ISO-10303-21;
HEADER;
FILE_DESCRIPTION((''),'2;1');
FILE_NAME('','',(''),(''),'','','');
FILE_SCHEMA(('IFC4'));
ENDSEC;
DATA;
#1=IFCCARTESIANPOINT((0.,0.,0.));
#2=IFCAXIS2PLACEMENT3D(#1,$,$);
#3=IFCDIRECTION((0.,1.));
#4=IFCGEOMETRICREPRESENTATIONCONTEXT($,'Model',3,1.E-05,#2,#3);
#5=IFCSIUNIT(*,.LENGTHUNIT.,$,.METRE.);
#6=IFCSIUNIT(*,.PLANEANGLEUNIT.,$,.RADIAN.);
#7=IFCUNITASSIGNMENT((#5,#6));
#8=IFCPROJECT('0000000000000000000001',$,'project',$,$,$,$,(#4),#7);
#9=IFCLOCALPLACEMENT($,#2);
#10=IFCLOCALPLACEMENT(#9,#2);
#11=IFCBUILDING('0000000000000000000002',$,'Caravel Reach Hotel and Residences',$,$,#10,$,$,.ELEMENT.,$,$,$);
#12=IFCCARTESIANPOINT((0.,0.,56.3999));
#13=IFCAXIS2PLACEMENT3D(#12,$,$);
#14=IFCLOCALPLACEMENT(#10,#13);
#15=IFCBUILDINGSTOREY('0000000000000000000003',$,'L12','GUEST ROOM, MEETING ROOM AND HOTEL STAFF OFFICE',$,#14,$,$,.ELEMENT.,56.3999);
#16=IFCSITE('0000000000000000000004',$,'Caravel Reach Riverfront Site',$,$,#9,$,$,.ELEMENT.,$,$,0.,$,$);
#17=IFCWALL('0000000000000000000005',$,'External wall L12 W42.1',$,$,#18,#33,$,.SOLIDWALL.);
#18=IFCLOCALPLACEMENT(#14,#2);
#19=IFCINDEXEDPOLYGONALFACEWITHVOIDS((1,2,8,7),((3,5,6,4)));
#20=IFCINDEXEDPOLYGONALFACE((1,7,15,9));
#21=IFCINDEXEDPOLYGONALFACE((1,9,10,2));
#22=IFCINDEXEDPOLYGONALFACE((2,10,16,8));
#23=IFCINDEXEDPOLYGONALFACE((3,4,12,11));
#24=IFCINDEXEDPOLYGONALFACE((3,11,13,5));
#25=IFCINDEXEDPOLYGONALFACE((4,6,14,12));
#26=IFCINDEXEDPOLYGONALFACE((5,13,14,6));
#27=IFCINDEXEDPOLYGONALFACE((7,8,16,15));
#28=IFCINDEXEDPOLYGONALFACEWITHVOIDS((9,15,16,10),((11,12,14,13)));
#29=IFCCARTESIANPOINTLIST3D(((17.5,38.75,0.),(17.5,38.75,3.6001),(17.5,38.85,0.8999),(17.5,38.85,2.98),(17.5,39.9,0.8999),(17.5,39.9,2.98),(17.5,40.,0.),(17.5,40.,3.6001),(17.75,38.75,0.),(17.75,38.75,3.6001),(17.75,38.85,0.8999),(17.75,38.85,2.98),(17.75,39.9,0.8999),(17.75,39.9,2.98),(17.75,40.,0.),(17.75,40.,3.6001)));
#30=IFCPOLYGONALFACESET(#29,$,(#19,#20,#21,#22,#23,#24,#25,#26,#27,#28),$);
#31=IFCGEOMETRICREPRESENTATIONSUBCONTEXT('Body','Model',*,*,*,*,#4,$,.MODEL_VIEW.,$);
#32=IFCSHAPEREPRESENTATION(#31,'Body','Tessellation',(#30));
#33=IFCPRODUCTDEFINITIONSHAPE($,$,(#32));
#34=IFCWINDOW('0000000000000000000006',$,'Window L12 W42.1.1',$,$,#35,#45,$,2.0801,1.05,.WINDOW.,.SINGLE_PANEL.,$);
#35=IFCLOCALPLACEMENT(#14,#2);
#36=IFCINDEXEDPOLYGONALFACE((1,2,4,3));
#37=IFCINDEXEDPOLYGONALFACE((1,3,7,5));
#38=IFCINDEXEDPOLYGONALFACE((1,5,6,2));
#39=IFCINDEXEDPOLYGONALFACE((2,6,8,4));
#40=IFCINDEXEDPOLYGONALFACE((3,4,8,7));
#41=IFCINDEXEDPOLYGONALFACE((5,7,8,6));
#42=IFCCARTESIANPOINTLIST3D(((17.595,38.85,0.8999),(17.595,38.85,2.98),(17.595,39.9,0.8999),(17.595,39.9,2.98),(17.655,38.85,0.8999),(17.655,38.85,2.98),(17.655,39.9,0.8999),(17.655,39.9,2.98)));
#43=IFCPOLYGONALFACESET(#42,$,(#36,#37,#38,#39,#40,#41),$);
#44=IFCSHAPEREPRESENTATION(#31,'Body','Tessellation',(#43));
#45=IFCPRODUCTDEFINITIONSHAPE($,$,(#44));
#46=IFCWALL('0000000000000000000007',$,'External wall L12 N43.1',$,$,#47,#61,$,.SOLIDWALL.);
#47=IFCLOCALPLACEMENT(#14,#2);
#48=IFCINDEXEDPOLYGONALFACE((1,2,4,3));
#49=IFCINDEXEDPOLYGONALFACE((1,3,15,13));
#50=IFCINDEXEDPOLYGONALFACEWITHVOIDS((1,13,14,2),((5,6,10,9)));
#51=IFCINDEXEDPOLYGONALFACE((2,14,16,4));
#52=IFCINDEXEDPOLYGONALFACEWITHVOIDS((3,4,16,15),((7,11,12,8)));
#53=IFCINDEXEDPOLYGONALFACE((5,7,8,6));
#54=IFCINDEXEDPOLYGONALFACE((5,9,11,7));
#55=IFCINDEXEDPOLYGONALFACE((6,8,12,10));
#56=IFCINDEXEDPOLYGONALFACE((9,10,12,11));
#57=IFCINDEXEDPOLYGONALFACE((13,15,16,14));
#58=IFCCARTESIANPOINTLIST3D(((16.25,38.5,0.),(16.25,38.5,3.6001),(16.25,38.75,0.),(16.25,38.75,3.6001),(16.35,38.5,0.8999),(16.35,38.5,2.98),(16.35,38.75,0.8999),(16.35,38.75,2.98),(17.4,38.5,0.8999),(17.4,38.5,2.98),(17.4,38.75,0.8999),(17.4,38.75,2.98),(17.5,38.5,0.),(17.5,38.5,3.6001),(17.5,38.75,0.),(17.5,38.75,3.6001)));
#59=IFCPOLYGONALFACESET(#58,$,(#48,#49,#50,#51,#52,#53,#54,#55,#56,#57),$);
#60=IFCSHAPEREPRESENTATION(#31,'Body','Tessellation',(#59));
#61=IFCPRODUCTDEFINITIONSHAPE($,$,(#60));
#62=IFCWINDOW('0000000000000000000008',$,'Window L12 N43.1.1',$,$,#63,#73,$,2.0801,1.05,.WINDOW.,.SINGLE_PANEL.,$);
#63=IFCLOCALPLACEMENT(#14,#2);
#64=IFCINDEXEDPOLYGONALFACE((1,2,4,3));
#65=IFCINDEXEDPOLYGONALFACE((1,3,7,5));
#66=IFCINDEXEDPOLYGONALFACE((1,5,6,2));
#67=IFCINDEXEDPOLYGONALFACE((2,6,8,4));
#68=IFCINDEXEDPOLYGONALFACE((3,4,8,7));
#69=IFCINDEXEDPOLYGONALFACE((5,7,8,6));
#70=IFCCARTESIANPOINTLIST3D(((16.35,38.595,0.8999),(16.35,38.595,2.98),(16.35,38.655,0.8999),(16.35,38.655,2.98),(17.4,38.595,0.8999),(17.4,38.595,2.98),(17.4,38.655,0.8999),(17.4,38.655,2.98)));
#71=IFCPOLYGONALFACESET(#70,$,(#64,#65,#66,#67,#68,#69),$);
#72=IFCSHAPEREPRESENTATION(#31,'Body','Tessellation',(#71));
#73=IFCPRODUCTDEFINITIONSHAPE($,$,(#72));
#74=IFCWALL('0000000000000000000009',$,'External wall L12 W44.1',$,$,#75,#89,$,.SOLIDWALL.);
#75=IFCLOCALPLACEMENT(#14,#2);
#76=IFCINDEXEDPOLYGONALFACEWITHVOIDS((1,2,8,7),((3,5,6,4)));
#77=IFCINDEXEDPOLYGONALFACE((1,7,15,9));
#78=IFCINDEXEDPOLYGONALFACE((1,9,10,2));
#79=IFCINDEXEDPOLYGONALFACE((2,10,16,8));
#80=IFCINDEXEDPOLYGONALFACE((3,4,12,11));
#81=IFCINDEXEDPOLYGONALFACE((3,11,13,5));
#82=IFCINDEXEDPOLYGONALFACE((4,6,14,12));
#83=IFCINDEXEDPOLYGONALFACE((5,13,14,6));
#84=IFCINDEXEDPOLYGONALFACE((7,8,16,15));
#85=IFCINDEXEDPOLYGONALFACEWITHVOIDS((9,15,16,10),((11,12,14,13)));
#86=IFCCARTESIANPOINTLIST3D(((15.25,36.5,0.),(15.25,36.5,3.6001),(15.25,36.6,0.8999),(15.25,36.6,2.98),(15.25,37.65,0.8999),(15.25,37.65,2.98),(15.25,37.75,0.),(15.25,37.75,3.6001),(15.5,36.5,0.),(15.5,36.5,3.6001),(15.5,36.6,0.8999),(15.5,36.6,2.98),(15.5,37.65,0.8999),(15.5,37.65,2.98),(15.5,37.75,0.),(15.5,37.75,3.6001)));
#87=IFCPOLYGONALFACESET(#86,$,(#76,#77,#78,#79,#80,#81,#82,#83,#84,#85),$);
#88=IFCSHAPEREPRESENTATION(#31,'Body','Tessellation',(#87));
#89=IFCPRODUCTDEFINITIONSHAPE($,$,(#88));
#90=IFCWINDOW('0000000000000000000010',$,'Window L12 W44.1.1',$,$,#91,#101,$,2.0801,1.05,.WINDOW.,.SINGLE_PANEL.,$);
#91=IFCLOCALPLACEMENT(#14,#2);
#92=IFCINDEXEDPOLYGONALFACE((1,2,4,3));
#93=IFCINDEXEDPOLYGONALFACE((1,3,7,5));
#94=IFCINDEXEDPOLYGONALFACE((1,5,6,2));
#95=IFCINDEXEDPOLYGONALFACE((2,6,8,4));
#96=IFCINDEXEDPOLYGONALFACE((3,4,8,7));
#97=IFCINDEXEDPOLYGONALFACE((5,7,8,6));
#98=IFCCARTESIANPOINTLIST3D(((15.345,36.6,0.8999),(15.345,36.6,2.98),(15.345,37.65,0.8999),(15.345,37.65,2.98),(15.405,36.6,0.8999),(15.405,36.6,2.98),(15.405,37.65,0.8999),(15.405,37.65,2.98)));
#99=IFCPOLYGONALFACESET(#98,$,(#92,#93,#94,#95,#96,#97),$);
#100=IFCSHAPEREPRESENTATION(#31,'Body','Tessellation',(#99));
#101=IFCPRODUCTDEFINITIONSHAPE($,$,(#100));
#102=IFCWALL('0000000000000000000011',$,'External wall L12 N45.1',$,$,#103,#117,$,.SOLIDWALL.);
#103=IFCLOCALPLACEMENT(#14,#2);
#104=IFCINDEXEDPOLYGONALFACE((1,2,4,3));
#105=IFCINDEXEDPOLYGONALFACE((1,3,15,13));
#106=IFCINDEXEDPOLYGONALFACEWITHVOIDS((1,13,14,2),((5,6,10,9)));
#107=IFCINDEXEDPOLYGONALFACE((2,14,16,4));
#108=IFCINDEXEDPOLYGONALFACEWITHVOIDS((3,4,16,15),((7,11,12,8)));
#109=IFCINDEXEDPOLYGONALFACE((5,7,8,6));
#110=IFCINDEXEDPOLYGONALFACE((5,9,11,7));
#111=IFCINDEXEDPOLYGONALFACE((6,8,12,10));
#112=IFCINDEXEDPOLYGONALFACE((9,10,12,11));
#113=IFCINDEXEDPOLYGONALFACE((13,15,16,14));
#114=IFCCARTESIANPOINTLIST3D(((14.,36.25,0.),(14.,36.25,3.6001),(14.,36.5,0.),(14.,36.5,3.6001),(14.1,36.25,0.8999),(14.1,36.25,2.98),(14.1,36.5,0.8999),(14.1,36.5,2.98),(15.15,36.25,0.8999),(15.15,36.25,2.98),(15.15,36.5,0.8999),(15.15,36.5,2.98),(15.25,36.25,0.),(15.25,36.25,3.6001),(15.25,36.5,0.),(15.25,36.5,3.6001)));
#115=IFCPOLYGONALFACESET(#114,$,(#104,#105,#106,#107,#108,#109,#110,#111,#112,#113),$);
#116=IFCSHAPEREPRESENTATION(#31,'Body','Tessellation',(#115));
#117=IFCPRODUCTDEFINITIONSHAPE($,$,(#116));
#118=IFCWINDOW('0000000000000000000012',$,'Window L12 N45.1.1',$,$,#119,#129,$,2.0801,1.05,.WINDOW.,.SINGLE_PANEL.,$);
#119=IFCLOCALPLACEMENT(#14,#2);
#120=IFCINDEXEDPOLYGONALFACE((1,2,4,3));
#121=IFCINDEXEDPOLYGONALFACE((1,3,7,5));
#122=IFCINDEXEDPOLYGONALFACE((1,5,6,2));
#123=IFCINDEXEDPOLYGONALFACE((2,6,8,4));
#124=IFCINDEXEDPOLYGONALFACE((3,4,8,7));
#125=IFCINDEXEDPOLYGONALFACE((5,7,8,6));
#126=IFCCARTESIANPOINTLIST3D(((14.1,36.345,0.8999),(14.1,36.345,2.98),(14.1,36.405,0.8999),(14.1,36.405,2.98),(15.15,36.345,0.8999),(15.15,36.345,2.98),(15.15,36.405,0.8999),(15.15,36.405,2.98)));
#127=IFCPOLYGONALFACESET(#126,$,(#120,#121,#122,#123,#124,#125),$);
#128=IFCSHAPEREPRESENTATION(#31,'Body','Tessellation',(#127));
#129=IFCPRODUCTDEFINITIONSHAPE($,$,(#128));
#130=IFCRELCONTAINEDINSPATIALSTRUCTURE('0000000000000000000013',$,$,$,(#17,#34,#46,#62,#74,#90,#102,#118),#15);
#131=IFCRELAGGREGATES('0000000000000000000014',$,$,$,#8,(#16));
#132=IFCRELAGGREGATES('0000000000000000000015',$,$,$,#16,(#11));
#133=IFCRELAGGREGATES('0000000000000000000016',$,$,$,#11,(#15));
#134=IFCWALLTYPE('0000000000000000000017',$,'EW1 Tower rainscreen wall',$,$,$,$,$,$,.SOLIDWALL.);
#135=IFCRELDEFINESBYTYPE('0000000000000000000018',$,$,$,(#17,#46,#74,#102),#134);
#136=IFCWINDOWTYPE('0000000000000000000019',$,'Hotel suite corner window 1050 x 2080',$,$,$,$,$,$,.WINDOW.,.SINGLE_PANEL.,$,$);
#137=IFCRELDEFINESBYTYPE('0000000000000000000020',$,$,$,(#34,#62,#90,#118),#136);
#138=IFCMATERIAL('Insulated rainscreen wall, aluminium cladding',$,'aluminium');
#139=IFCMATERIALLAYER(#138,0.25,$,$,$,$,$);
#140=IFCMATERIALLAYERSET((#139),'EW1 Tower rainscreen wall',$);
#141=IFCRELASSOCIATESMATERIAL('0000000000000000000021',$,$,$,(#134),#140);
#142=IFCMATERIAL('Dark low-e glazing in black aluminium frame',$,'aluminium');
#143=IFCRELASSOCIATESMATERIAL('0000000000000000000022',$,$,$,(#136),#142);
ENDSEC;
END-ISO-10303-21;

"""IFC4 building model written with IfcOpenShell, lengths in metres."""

from ifc_helpers import new_model, si_unit, direction, frame, frame_2d, origin, place, context, subcontext, project, spatial, rectangle, extrude, material, layer, layer_set, type_object, element, fill, save


model = new_model("IFC4")

# Units and contexts
model_context = context("Model", 3, precision=1e-05, world=origin(), true_north=direction((0.0, 1.0)))
body_context = subcontext(model_context, "Body", "Model", "MODEL_VIEW")
ifc_project = project(units=[si_unit("LENGTHUNIT", "METRE"), si_unit("PLANEANGLEUNIT", "RADIAN")], contexts=[model_context])

# Site, building, storey
site_placement = place(None, origin())
site = spatial("IfcSite", under=ifc_project, at=site_placement, Name="Caravel Reach Riverfront Site", CompositionType="ELEMENT", RefElevation=0.0)
building_placement = place(site_placement, origin())
building = spatial("IfcBuilding", under=site, at=building_placement, Name="Caravel Reach Hotel and Residences", CompositionType="ELEMENT")
storey_placement = place(building_placement, frame((0.0, 0.0, 56.3999)))
storey = spatial("IfcBuildingStorey", under=building, at=storey_placement, Name="L12", Description="GUEST ROOM, MEETING ROOM AND HOTEL STAFF OFFICE", CompositionType="ELEMENT", Elevation=56.3999)

# Walls, openings, windows
ifc_material_1 = material(Name="Insulated rainscreen wall, aluminium cladding", Category="aluminium")
ifc_layer = layer(ifc_material_1, 0.25)
ifc_layer_set = layer_set([ifc_layer], Name="EW1 Tower rainscreen wall")
wall_type = type_object("IfcWallType", Name="EW1 Tower rainscreen wall", PredefinedType="SOLIDWALL", material=ifc_layer_set)
wall_1_placement = place(storey_placement, frame((17.625, 40.0, 0.0), z_axis=(0.0, 0.0, 1.0), x_axis=(0.0, -1.0, 0.0)))
wall_1 = element("IfcWall", 1, at=wall_1_placement, inside=storey, type_object=wall_type, Name="External wall L12 W42.1", PredefinedType="SOLIDWALL", context=body_context, shape_type="SweptSolid", body=[
    extrude(rectangle(XDim=1.25, YDim=0.25, at=frame_2d((0.625, 0.0))), origin(), (0.0, 0.0, 1.0), 3.6001),
])
opening_1_placement = place(wall_1_placement, frame((0.1001, 0.0, 0.8999)))
opening_1 = element("IfcOpeningElement", 2, at=opening_1_placement, cuts=wall_1, PredefinedType="OPENING", context=body_context, shape_type="SweptSolid", body=[
    extrude(rectangle(XDim=1.05, YDim=2.0801, at=frame_2d((0.5249, 1.04))), frame((0.0, 0.135, 0.0), z_axis=(0.0, -1.0, 0.0), x_axis=(1.0, 0.0, 0.0)), (0.0, 0.0, 1.0), 0.27),
])
ifc_material_2 = material(Name="Dark low-e glazing in black aluminium frame", Category="aluminium")
window_type_1 = type_object("IfcWindowType", Name="Hotel suite corner window 1050 x 2080", PartitioningType="SINGLE_PANEL", PredefinedType="WINDOW", material=ifc_material_2)
window_1_placement = place(opening_1_placement, origin())
window_1 = element("IfcWindow", 3, at=window_1_placement, inside=storey, type_object=window_type_1, Name="Window L12 W42.1.1", OverallHeight=2.0801, OverallWidth=1.05, PartitioningType="SINGLE_PANEL", PredefinedType="WINDOW", context=body_context, shape_type="SweptSolid", body=[
    extrude(rectangle(XDim=1.05, YDim=2.0801, at=frame_2d((0.5249, 1.04))), frame((0.0, 0.03, 0.0), z_axis=(0.0, -1.0, 0.0), x_axis=(1.0, 0.0, 0.0)), (0.0, 0.0, 1.0), 0.0601),
])
fill(opening_1, window_1)
wall_2_placement = place(storey_placement, frame((17.5, 38.625, 0.0), z_axis=(0.0, 0.0, 1.0), x_axis=(-1.0, 0.0, 0.0)))
wall_2 = element("IfcWall", 4, at=wall_2_placement, inside=storey, type_object=wall_type, Name="External wall L12 N43.1", PredefinedType="SOLIDWALL", context=body_context, shape_type="SweptSolid", body=[
    extrude(rectangle(XDim=1.25, YDim=0.25, at=frame_2d((0.625, 0.0))), origin(), (0.0, 0.0, 1.0), 3.6001),
])
opening_2_placement = place(wall_2_placement, frame((0.1001, 0.0, 0.8999)))
opening_2 = element("IfcOpeningElement", 5, at=opening_2_placement, cuts=wall_2, PredefinedType="OPENING", context=body_context, shape_type="SweptSolid", body=[
    extrude(rectangle(XDim=1.05, YDim=2.0801, at=frame_2d((0.5249, 1.04))), frame((0.0, 0.135, 0.0), z_axis=(0.0, -1.0, 0.0), x_axis=(1.0, 0.0, 0.0)), (0.0, 0.0, 1.0), 0.27),
])
window_2_placement = place(opening_2_placement, origin())
window_2 = element("IfcWindow", 6, at=window_2_placement, inside=storey, type_object=window_type_1, Name="Window L12 N43.1.1", OverallHeight=2.0801, OverallWidth=1.05, PartitioningType="SINGLE_PANEL", PredefinedType="WINDOW", context=body_context, shape_type="SweptSolid", body=[
    extrude(rectangle(XDim=1.05, YDim=2.0801, at=frame_2d((0.5249, 1.04))), frame((0.0, 0.03, 0.0), z_axis=(0.0, -1.0, 0.0), x_axis=(1.0, 0.0, 0.0)), (0.0, 0.0, 1.0), 0.0601),
])
fill(opening_2, window_2)
wall_3_placement = place(storey_placement, frame((15.375, 37.75, 0.0), z_axis=(0.0, 0.0, 1.0), x_axis=(0.0, -1.0, 0.0)))
wall_3 = element("IfcWall", 7, at=wall_3_placement, inside=storey, type_object=wall_type, Name="External wall L12 W44.1", PredefinedType="SOLIDWALL", context=body_context, shape_type="SweptSolid", body=[
    extrude(rectangle(XDim=1.25, YDim=0.25, at=frame_2d((0.625, 0.0))), origin(), (0.0, 0.0, 1.0), 3.6001),
])
opening_3_placement = place(wall_3_placement, frame((0.1001, 0.0, 0.8999)))
opening_3 = element("IfcOpeningElement", 8, at=opening_3_placement, cuts=wall_3, PredefinedType="OPENING", context=body_context, shape_type="SweptSolid", body=[
    extrude(rectangle(XDim=1.05, YDim=2.0801, at=frame_2d((0.5249, 1.04))), frame((0.0, 0.135, 0.0), z_axis=(0.0, -1.0, 0.0), x_axis=(1.0, 0.0, 0.0)), (0.0, 0.0, 1.0), 0.27),
])
window_3_placement = place(opening_3_placement, origin())
window_3 = element("IfcWindow", 9, at=window_3_placement, inside=storey, type_object=window_type_1, Name="Window L12 W44.1.1", OverallHeight=2.0801, OverallWidth=1.05, PartitioningType="SINGLE_PANEL", PredefinedType="WINDOW", context=body_context, shape_type="SweptSolid", body=[
    extrude(rectangle(XDim=1.05, YDim=2.0801, at=frame_2d((0.5249, 1.04))), frame((0.0, 0.03, 0.0), z_axis=(0.0, -1.0, 0.0), x_axis=(1.0, 0.0, 0.0)), (0.0, 0.0, 1.0), 0.0601),
])
fill(opening_3, window_3)
wall_4_placement = place(storey_placement, frame((15.25, 36.375, 0.0), z_axis=(0.0, 0.0, 1.0), x_axis=(-1.0, 0.0, 0.0)))
wall_4 = element("IfcWall", 10, at=wall_4_placement, inside=storey, type_object=wall_type, Name="External wall L12 N45.1", PredefinedType="SOLIDWALL", context=body_context, shape_type="SweptSolid", body=[
    extrude(rectangle(XDim=1.25, YDim=0.25, at=frame_2d((0.625, 0.0))), origin(), (0.0, 0.0, 1.0), 3.6001),
])
opening_4_placement = place(wall_4_placement, frame((0.1001, 0.0, 0.8999)))
opening_4 = element("IfcOpeningElement", 11, at=opening_4_placement, cuts=wall_4, PredefinedType="OPENING", context=body_context, shape_type="SweptSolid", body=[
    extrude(rectangle(XDim=1.05, YDim=2.0801, at=frame_2d((0.5249, 1.04))), frame((0.0, 0.135, 0.0), z_axis=(0.0, -1.0, 0.0), x_axis=(1.0, 0.0, 0.0)), (0.0, 0.0, 1.0), 0.27),
])
window_4_placement = place(opening_4_placement, origin())
window_4 = element("IfcWindow", 12, at=window_4_placement, inside=storey, type_object=window_type_1, Name="Window L12 N45.1.1", OverallHeight=2.0801, OverallWidth=1.05, PartitioningType="SINGLE_PANEL", PredefinedType="WINDOW", context=body_context, shape_type="SweptSolid", body=[
    extrude(rectangle(XDim=1.05, YDim=2.0801, at=frame_2d((0.5249, 1.04))), frame((0.0, 0.03, 0.0), z_axis=(0.0, -1.0, 0.0), x_axis=(1.0, 0.0, 0.0)), (0.0, 0.0, 1.0), 0.0601),
])
fill(opening_4, window_4)

save(model, "model.ifc")
